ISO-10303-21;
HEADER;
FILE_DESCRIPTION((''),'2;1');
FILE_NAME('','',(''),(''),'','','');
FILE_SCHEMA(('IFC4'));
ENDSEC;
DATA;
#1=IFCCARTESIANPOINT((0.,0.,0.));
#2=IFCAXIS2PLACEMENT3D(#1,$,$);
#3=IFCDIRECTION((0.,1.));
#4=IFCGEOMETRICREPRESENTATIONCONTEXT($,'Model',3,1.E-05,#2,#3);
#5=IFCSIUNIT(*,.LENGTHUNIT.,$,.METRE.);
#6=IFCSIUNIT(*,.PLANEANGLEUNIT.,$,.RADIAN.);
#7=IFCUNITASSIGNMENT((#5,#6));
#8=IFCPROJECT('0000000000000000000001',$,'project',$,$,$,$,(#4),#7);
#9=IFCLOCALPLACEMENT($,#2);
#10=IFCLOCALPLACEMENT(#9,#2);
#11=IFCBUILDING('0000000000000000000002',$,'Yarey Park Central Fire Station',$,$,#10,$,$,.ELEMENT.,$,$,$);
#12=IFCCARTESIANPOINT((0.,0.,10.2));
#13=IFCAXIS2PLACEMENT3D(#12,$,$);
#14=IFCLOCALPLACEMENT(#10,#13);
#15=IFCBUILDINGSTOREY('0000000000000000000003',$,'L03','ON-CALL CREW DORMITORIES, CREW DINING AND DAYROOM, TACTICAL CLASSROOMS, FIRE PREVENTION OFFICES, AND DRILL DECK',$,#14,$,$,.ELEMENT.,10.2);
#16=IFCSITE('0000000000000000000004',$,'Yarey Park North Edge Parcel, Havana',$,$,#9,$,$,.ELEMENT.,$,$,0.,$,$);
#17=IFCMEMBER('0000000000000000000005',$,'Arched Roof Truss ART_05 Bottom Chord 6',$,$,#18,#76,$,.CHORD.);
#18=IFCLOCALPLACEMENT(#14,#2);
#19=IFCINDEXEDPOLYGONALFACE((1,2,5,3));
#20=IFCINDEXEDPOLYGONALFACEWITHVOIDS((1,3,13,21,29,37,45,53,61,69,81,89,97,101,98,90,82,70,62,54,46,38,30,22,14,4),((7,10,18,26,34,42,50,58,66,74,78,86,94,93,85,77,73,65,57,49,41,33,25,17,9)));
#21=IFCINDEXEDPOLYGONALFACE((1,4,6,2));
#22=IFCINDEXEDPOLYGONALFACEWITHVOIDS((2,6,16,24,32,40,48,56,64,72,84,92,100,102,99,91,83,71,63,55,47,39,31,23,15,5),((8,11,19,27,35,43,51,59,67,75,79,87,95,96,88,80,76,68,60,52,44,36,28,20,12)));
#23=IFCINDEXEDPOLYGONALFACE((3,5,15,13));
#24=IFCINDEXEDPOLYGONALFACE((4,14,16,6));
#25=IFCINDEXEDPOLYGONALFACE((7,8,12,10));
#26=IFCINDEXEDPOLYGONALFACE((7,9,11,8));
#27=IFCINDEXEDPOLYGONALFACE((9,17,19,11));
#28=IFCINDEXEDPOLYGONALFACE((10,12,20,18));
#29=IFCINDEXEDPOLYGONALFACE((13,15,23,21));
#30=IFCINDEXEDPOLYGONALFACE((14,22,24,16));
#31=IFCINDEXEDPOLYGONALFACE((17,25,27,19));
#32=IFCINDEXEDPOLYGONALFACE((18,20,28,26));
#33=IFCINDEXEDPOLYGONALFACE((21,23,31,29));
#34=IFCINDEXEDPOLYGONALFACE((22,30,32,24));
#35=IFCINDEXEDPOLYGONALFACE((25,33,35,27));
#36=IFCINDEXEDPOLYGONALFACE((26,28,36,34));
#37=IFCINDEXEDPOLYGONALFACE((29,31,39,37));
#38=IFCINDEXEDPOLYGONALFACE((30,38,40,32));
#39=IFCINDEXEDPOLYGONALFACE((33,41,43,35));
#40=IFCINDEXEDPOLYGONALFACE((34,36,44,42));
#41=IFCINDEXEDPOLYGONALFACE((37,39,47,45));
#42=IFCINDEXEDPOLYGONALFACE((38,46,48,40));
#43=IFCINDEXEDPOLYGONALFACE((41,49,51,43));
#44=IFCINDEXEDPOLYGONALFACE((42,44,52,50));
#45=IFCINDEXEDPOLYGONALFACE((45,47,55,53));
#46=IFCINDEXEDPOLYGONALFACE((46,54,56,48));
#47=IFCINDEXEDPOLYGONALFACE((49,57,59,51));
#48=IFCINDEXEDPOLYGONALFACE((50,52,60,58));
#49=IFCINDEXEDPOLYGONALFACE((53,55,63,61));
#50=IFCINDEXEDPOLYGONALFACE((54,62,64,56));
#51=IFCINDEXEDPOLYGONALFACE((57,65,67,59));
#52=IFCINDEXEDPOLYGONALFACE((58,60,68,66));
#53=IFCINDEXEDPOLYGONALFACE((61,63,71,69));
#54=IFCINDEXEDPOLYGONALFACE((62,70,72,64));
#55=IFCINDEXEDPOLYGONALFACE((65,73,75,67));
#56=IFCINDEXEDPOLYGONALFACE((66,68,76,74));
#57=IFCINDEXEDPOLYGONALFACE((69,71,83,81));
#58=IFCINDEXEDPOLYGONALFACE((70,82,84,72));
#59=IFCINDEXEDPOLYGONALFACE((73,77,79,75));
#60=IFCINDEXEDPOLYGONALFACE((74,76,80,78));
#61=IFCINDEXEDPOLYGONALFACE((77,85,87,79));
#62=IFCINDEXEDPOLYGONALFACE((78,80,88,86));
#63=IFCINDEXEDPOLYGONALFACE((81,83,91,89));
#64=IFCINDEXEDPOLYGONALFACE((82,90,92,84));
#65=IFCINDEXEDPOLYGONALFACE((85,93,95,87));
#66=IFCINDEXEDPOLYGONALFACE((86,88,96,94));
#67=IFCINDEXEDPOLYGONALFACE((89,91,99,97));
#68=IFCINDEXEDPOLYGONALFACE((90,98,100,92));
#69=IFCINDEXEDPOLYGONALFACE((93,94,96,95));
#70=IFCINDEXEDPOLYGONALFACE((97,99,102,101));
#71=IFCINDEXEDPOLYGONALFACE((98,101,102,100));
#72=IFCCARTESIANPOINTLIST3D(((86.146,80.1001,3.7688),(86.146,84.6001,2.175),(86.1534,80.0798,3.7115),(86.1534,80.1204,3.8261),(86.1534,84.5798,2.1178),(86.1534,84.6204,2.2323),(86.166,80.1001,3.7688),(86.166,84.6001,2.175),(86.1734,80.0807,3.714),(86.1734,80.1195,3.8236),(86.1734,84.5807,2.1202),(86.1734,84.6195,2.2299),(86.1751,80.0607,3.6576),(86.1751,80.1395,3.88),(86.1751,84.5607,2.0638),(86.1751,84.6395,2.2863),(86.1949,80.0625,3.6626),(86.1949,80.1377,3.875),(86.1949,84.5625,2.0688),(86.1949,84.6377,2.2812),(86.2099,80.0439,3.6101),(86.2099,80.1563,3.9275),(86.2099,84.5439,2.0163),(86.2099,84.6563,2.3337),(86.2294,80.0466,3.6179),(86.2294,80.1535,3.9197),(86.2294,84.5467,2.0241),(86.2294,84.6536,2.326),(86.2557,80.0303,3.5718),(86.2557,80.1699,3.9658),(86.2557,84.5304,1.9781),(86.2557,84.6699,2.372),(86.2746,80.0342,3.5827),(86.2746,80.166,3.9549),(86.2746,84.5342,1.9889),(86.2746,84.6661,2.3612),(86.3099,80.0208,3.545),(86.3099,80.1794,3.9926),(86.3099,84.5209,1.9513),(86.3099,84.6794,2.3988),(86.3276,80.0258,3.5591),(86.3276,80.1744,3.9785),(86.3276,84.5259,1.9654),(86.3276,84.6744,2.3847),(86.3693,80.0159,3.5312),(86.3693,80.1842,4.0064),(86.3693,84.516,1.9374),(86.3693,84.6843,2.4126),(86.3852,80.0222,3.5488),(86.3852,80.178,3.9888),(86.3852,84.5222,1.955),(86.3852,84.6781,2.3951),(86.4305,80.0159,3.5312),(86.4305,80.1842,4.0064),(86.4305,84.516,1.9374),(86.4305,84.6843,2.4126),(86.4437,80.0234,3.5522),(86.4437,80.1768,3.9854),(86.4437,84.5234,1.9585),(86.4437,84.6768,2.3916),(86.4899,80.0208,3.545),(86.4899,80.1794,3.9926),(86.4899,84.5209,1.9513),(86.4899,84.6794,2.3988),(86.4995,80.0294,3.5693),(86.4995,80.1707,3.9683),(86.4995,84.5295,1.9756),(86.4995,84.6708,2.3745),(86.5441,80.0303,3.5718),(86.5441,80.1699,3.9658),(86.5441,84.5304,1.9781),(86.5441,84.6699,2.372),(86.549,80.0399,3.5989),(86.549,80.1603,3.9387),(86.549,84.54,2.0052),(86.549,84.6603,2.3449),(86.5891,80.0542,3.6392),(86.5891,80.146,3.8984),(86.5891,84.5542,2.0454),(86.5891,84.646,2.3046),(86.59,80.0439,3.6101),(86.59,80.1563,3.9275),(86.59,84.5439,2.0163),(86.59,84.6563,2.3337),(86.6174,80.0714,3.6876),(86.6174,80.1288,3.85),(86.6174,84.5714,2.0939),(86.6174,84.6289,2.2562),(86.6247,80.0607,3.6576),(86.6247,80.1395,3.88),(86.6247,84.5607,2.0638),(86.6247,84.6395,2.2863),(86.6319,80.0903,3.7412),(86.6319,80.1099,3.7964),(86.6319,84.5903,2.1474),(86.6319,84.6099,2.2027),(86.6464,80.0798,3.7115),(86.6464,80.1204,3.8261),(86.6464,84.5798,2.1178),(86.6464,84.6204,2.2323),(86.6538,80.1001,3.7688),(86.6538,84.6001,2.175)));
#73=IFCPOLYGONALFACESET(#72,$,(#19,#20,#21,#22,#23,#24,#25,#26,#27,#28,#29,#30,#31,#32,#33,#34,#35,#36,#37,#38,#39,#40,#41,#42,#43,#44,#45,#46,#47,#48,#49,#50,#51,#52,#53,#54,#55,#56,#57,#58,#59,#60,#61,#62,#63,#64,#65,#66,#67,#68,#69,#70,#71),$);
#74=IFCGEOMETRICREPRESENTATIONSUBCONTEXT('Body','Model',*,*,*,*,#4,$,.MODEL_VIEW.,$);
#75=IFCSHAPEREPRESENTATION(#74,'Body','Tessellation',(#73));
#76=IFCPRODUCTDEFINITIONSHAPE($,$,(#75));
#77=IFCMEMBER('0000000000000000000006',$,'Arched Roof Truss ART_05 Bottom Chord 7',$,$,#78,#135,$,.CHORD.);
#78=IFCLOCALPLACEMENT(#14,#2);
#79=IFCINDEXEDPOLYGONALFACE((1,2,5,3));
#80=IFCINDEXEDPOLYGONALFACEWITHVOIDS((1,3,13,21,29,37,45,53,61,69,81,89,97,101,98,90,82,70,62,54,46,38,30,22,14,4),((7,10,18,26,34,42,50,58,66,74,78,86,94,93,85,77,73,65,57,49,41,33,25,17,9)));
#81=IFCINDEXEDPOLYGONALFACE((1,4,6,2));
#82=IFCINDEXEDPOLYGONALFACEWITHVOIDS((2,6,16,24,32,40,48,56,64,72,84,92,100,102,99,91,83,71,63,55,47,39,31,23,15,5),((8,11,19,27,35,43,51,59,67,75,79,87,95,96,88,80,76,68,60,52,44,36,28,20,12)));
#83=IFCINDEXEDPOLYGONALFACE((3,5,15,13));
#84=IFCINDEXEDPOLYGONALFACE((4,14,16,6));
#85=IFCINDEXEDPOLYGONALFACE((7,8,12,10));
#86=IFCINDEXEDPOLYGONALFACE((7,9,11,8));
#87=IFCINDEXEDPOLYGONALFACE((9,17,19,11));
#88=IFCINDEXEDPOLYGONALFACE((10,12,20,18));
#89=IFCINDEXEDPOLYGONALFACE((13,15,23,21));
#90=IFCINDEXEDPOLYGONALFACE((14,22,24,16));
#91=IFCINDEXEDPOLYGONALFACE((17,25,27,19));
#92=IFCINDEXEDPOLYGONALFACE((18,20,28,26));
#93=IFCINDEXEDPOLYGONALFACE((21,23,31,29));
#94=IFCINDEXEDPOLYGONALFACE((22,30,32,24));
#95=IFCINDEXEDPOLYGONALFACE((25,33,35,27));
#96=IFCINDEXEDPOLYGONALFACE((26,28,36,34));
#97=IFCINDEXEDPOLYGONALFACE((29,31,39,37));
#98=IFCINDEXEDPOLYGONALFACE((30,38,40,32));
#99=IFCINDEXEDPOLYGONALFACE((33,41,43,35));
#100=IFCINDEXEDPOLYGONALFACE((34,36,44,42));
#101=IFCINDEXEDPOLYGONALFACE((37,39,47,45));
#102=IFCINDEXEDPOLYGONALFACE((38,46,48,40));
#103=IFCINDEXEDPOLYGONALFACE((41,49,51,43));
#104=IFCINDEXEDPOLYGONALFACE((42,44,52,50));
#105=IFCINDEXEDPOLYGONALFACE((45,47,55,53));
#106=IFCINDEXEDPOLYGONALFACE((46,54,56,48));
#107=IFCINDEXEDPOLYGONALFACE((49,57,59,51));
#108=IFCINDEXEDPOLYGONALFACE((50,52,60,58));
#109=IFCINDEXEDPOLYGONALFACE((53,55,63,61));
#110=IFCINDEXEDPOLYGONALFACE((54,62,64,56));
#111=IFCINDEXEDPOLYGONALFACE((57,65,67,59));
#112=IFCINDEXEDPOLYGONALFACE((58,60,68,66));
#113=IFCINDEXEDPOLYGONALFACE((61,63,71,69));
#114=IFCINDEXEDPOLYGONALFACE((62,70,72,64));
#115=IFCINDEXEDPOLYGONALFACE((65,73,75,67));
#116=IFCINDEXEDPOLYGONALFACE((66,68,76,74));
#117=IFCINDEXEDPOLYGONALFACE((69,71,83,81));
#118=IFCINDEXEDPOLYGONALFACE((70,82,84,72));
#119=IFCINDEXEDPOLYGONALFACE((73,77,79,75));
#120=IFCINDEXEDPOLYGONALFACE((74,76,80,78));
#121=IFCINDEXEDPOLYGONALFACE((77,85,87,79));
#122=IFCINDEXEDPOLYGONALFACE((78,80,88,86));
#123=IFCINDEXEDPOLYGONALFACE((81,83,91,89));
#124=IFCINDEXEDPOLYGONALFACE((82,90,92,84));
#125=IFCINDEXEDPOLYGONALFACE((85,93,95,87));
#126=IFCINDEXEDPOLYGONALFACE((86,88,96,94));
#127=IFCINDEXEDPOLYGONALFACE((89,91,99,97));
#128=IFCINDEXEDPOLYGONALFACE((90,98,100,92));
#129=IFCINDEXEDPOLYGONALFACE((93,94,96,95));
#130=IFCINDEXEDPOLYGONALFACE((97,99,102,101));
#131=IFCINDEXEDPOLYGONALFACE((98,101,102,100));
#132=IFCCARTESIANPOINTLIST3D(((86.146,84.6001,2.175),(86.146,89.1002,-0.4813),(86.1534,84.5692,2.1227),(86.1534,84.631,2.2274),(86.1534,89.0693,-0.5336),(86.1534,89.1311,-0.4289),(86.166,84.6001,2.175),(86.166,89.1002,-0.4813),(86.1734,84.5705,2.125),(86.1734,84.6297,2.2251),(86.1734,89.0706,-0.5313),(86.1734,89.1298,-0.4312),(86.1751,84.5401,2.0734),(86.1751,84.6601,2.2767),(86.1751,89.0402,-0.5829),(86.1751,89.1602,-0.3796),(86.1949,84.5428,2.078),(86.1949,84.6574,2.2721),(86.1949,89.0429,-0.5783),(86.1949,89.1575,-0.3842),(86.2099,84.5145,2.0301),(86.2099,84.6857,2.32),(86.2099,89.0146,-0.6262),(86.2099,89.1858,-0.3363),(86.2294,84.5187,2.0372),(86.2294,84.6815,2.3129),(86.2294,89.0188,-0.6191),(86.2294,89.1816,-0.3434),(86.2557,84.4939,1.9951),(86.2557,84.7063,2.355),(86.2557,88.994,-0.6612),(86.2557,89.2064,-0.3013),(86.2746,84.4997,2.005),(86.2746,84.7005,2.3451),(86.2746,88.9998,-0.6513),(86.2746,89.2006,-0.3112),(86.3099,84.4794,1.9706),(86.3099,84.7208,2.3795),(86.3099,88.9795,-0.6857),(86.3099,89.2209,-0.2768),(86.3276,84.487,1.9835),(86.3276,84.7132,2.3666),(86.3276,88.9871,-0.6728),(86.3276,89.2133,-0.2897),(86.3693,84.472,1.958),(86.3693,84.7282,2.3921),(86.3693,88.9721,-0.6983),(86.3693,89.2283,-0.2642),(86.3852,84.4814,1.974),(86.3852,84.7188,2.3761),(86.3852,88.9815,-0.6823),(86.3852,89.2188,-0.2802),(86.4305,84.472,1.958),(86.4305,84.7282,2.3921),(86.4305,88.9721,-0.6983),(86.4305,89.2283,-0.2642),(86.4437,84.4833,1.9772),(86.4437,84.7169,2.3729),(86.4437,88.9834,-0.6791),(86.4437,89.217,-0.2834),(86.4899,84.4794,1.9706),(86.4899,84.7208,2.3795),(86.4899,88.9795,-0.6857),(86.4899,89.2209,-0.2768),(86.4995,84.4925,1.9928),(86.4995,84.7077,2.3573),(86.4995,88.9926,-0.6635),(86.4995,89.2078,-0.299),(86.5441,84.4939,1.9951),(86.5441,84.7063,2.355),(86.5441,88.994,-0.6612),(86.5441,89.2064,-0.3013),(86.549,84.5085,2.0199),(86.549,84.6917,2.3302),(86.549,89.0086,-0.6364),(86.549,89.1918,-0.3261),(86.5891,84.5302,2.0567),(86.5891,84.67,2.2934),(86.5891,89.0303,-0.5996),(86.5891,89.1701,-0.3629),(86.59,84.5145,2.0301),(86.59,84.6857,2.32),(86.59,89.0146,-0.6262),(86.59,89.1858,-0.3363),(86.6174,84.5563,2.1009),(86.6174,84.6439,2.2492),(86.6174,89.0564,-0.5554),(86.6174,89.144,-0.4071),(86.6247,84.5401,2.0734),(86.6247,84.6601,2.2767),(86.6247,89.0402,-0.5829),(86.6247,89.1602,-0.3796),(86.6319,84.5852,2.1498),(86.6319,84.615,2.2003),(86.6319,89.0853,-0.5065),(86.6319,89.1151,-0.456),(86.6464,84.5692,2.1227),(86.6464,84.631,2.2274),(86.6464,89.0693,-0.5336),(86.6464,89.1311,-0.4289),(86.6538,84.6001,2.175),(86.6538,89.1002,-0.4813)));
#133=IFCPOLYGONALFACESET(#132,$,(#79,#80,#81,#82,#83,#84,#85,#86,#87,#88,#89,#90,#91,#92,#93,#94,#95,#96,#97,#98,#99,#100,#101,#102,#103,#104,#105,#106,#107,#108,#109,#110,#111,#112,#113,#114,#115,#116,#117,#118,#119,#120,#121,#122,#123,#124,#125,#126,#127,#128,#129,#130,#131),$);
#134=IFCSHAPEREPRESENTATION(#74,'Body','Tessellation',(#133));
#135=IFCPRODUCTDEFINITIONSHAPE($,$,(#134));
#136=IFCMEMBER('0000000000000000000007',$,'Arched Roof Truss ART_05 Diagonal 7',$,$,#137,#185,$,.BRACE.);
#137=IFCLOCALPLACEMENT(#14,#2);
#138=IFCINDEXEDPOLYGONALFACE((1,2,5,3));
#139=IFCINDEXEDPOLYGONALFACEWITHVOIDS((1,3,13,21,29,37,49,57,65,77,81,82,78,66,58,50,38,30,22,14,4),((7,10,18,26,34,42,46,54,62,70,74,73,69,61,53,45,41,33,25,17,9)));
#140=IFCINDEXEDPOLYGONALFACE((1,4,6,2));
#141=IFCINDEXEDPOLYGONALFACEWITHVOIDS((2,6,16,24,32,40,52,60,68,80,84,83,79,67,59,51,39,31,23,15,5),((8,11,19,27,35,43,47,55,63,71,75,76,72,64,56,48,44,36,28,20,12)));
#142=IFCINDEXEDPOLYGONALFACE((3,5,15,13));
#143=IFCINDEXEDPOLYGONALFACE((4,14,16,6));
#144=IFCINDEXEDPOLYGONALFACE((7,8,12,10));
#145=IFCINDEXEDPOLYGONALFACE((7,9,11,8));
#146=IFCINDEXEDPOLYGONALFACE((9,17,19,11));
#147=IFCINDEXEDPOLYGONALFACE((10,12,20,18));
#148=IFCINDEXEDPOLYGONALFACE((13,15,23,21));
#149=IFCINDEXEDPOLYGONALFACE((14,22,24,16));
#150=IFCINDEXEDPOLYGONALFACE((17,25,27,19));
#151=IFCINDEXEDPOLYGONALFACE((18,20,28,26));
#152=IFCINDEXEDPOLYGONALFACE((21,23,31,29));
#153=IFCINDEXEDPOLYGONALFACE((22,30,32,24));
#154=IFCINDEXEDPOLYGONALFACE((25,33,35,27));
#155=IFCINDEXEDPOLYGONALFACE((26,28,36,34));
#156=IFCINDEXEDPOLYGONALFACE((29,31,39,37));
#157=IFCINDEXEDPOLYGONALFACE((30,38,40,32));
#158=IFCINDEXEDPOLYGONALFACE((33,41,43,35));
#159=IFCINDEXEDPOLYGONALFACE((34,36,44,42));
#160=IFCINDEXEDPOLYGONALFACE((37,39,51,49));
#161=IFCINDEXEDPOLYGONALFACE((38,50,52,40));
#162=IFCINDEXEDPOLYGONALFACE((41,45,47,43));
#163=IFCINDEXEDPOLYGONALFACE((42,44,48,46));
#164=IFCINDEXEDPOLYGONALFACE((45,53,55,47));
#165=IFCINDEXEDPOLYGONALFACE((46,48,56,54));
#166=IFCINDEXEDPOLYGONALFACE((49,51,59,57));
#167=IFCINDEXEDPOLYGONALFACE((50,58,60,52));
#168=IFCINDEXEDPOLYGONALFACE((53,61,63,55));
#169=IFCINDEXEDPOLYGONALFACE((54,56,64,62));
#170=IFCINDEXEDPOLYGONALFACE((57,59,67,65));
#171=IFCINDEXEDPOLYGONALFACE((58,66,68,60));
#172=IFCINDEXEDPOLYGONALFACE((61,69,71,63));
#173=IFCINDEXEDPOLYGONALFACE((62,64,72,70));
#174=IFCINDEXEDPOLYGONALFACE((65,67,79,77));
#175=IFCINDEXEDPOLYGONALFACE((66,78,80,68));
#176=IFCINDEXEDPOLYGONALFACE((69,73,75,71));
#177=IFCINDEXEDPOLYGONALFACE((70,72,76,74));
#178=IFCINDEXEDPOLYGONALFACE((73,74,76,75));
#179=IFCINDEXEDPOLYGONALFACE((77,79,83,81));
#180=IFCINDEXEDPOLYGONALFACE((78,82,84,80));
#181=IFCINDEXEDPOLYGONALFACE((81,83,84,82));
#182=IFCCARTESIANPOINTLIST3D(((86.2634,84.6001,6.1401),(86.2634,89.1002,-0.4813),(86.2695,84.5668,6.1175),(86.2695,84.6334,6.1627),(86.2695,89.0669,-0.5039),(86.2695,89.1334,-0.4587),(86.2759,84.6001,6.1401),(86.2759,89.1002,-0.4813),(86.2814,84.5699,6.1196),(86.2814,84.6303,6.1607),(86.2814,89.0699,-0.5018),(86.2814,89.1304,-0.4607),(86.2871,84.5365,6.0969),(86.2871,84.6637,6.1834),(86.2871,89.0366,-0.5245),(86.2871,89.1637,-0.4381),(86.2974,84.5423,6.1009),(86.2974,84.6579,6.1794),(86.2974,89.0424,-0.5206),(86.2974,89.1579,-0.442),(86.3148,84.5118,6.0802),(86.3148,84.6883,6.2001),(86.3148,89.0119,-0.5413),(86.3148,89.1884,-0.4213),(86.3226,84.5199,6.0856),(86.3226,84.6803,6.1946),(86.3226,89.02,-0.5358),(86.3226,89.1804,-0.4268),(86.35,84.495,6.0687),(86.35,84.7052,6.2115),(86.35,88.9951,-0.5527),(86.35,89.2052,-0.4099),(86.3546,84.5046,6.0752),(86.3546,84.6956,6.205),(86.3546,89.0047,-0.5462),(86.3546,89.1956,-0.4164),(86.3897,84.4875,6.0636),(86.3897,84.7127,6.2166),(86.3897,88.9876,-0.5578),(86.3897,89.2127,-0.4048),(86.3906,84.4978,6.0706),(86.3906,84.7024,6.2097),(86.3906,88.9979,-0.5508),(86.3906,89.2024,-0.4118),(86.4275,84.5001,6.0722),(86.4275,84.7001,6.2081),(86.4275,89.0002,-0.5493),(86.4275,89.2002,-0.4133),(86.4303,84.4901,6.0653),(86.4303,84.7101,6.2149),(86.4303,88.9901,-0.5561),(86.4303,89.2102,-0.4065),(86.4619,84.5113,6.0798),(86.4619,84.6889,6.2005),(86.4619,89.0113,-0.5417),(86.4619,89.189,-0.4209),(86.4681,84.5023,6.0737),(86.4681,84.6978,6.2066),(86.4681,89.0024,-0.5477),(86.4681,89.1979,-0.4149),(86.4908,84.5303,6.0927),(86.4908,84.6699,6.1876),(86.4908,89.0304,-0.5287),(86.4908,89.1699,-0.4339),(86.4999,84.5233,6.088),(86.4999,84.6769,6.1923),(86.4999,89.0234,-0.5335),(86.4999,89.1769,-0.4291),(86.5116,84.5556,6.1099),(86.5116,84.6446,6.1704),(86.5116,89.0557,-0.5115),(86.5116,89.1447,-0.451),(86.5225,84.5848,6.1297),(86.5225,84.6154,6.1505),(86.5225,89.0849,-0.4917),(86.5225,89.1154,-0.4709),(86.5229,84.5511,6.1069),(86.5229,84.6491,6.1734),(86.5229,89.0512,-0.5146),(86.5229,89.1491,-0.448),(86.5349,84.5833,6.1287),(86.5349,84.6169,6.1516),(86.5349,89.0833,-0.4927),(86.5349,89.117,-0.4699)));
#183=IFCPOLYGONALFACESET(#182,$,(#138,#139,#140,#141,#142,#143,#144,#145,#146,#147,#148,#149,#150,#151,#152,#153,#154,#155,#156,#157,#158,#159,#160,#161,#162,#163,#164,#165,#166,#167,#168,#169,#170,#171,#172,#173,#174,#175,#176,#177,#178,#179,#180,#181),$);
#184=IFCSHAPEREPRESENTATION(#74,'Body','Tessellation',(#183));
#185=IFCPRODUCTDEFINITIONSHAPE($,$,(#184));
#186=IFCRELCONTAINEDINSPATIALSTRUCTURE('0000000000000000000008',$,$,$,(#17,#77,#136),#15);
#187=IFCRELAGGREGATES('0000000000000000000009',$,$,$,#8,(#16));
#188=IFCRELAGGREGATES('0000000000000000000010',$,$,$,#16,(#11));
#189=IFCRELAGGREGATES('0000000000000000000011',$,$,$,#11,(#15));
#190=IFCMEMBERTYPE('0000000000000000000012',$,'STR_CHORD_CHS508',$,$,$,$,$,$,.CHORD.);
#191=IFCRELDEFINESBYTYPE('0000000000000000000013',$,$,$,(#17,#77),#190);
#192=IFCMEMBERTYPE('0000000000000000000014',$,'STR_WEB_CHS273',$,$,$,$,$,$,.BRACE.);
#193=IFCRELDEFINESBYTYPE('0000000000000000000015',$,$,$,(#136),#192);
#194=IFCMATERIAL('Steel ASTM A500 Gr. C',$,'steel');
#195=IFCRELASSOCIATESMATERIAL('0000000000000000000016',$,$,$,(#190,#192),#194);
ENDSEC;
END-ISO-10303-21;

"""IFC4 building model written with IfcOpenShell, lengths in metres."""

from ifc_helpers import new_model, si_unit, direction, frame, origin, origin_2d, place, context, subcontext, project, spatial, hollow_circle, extrude, material, material_profile, profile_set, type_object, element, save


model = new_model("IFC4")

# Units and contexts
model_context = context("Model", 3, precision=1e-05, world=origin(), true_north=direction((0.0, 1.0)))
body_context = subcontext(model_context, "Body", "Model", "MODEL_VIEW")
ifc_project = project(units=[si_unit("LENGTHUNIT", "METRE"), si_unit("PLANEANGLEUNIT", "RADIAN")], contexts=[model_context])

# Site, building, storey
site_placement = place(None, origin())
site = spatial("IfcSite", under=ifc_project, at=site_placement, Name="Yarey Park North Edge Parcel, Havana", CompositionType="ELEMENT", RefElevation=0.0)
building_placement = place(site_placement, origin())
building = spatial("IfcBuilding", under=site, at=building_placement, Name="Yarey Park Central Fire Station", CompositionType="ELEMENT")
storey_placement = place(building_placement, frame((0.0, 0.0, 10.2)))
storey = spatial("IfcBuildingStorey", under=building, at=storey_placement, Name="L03", Description="ON-CALL CREW DORMITORIES, CREW DINING AND DAYROOM, TACTICAL CLASSROOMS, FIRE PREVENTION OFFICES, AND DRILL DECK", CompositionType="ELEMENT", Elevation=10.2)

# Members
ifc_material_1 = material(Name="Steel ASTM A500 Gr. C", Category="steel")
ifc_material_profile_1 = material_profile(ifc_material_1, hollow_circle(Radius=0.2539, WallThickness=0.02, at=origin_2d()), Name="CHS 508x20")
ifc_profile_set_1 = profile_set([ifc_material_profile_1], Name="Steel ASTM A500 Gr. C")
member_type_1 = type_object("IfcMemberType", Name="STR_CHORD_CHS508", PredefinedType="CHORD", material=ifc_profile_set_1)
member_1_placement = place(storey_placement, frame((86.3999, 80.1001, 3.7688), z_axis=(0.0, 0.942627, -0.333847), x_axis=(-1.0, 0.0, 0.0)))
element("IfcMember", 1, at=member_1_placement, inside=storey, type_object=member_type_1, Name="Arched Roof Truss ART_05 Bottom Chord 6", PredefinedType="CHORD", context=body_context, shape_type="SweptSolid", body=[
    extrude(hollow_circle(Radius=0.2539, WallThickness=0.02, at=origin_2d()), origin(), (0.0, 0.0, 1.0), 4.7739),
])
member_2_placement = place(storey_placement, frame((86.3999, 84.6001, 2.175), z_axis=(0.0, 0.861165, -0.508326), x_axis=(-1.0, 0.0, 0.0)))
element("IfcMember", 2, at=member_2_placement, inside=storey, type_object=member_type_1, Name="Arched Roof Truss ART_05 Bottom Chord 7", PredefinedType="CHORD", context=body_context, shape_type="SweptSolid", body=[
    extrude(hollow_circle(Radius=0.2539, WallThickness=0.02, at=origin_2d()), origin(), (0.0, 0.0, 1.0), 5.2256),
])
ifc_material_profile_2 = material_profile(ifc_material_1, hollow_circle(Radius=0.1365, WallThickness=0.0125, at=origin_2d()), Name="CHS 273x12.5")
ifc_profile_set_2 = profile_set([ifc_material_profile_2], Name="Steel ASTM A500 Gr. C")
member_type_2 = type_object("IfcMemberType", Name="STR_WEB_CHS273", PredefinedType="BRACE", material=ifc_profile_set_2)
member_3_placement = place(storey_placement, frame((86.3999, 84.6001, 6.1401), z_axis=(0.0, 0.562096, -0.827072), x_axis=(-1.0, 0.0, 0.0)))
element("IfcMember", 3, at=member_3_placement, inside=storey, type_object=member_type_2, Name="Arched Roof Truss ART_05 Diagonal 7", PredefinedType="BRACE", context=body_context, shape_type="SweptSolid", body=[
    extrude(hollow_circle(Radius=0.1365, WallThickness=0.0125, at=origin_2d()), origin(), (0.0, 0.0, 1.0), 8.0059),
])

save(model, "model.ifc")
